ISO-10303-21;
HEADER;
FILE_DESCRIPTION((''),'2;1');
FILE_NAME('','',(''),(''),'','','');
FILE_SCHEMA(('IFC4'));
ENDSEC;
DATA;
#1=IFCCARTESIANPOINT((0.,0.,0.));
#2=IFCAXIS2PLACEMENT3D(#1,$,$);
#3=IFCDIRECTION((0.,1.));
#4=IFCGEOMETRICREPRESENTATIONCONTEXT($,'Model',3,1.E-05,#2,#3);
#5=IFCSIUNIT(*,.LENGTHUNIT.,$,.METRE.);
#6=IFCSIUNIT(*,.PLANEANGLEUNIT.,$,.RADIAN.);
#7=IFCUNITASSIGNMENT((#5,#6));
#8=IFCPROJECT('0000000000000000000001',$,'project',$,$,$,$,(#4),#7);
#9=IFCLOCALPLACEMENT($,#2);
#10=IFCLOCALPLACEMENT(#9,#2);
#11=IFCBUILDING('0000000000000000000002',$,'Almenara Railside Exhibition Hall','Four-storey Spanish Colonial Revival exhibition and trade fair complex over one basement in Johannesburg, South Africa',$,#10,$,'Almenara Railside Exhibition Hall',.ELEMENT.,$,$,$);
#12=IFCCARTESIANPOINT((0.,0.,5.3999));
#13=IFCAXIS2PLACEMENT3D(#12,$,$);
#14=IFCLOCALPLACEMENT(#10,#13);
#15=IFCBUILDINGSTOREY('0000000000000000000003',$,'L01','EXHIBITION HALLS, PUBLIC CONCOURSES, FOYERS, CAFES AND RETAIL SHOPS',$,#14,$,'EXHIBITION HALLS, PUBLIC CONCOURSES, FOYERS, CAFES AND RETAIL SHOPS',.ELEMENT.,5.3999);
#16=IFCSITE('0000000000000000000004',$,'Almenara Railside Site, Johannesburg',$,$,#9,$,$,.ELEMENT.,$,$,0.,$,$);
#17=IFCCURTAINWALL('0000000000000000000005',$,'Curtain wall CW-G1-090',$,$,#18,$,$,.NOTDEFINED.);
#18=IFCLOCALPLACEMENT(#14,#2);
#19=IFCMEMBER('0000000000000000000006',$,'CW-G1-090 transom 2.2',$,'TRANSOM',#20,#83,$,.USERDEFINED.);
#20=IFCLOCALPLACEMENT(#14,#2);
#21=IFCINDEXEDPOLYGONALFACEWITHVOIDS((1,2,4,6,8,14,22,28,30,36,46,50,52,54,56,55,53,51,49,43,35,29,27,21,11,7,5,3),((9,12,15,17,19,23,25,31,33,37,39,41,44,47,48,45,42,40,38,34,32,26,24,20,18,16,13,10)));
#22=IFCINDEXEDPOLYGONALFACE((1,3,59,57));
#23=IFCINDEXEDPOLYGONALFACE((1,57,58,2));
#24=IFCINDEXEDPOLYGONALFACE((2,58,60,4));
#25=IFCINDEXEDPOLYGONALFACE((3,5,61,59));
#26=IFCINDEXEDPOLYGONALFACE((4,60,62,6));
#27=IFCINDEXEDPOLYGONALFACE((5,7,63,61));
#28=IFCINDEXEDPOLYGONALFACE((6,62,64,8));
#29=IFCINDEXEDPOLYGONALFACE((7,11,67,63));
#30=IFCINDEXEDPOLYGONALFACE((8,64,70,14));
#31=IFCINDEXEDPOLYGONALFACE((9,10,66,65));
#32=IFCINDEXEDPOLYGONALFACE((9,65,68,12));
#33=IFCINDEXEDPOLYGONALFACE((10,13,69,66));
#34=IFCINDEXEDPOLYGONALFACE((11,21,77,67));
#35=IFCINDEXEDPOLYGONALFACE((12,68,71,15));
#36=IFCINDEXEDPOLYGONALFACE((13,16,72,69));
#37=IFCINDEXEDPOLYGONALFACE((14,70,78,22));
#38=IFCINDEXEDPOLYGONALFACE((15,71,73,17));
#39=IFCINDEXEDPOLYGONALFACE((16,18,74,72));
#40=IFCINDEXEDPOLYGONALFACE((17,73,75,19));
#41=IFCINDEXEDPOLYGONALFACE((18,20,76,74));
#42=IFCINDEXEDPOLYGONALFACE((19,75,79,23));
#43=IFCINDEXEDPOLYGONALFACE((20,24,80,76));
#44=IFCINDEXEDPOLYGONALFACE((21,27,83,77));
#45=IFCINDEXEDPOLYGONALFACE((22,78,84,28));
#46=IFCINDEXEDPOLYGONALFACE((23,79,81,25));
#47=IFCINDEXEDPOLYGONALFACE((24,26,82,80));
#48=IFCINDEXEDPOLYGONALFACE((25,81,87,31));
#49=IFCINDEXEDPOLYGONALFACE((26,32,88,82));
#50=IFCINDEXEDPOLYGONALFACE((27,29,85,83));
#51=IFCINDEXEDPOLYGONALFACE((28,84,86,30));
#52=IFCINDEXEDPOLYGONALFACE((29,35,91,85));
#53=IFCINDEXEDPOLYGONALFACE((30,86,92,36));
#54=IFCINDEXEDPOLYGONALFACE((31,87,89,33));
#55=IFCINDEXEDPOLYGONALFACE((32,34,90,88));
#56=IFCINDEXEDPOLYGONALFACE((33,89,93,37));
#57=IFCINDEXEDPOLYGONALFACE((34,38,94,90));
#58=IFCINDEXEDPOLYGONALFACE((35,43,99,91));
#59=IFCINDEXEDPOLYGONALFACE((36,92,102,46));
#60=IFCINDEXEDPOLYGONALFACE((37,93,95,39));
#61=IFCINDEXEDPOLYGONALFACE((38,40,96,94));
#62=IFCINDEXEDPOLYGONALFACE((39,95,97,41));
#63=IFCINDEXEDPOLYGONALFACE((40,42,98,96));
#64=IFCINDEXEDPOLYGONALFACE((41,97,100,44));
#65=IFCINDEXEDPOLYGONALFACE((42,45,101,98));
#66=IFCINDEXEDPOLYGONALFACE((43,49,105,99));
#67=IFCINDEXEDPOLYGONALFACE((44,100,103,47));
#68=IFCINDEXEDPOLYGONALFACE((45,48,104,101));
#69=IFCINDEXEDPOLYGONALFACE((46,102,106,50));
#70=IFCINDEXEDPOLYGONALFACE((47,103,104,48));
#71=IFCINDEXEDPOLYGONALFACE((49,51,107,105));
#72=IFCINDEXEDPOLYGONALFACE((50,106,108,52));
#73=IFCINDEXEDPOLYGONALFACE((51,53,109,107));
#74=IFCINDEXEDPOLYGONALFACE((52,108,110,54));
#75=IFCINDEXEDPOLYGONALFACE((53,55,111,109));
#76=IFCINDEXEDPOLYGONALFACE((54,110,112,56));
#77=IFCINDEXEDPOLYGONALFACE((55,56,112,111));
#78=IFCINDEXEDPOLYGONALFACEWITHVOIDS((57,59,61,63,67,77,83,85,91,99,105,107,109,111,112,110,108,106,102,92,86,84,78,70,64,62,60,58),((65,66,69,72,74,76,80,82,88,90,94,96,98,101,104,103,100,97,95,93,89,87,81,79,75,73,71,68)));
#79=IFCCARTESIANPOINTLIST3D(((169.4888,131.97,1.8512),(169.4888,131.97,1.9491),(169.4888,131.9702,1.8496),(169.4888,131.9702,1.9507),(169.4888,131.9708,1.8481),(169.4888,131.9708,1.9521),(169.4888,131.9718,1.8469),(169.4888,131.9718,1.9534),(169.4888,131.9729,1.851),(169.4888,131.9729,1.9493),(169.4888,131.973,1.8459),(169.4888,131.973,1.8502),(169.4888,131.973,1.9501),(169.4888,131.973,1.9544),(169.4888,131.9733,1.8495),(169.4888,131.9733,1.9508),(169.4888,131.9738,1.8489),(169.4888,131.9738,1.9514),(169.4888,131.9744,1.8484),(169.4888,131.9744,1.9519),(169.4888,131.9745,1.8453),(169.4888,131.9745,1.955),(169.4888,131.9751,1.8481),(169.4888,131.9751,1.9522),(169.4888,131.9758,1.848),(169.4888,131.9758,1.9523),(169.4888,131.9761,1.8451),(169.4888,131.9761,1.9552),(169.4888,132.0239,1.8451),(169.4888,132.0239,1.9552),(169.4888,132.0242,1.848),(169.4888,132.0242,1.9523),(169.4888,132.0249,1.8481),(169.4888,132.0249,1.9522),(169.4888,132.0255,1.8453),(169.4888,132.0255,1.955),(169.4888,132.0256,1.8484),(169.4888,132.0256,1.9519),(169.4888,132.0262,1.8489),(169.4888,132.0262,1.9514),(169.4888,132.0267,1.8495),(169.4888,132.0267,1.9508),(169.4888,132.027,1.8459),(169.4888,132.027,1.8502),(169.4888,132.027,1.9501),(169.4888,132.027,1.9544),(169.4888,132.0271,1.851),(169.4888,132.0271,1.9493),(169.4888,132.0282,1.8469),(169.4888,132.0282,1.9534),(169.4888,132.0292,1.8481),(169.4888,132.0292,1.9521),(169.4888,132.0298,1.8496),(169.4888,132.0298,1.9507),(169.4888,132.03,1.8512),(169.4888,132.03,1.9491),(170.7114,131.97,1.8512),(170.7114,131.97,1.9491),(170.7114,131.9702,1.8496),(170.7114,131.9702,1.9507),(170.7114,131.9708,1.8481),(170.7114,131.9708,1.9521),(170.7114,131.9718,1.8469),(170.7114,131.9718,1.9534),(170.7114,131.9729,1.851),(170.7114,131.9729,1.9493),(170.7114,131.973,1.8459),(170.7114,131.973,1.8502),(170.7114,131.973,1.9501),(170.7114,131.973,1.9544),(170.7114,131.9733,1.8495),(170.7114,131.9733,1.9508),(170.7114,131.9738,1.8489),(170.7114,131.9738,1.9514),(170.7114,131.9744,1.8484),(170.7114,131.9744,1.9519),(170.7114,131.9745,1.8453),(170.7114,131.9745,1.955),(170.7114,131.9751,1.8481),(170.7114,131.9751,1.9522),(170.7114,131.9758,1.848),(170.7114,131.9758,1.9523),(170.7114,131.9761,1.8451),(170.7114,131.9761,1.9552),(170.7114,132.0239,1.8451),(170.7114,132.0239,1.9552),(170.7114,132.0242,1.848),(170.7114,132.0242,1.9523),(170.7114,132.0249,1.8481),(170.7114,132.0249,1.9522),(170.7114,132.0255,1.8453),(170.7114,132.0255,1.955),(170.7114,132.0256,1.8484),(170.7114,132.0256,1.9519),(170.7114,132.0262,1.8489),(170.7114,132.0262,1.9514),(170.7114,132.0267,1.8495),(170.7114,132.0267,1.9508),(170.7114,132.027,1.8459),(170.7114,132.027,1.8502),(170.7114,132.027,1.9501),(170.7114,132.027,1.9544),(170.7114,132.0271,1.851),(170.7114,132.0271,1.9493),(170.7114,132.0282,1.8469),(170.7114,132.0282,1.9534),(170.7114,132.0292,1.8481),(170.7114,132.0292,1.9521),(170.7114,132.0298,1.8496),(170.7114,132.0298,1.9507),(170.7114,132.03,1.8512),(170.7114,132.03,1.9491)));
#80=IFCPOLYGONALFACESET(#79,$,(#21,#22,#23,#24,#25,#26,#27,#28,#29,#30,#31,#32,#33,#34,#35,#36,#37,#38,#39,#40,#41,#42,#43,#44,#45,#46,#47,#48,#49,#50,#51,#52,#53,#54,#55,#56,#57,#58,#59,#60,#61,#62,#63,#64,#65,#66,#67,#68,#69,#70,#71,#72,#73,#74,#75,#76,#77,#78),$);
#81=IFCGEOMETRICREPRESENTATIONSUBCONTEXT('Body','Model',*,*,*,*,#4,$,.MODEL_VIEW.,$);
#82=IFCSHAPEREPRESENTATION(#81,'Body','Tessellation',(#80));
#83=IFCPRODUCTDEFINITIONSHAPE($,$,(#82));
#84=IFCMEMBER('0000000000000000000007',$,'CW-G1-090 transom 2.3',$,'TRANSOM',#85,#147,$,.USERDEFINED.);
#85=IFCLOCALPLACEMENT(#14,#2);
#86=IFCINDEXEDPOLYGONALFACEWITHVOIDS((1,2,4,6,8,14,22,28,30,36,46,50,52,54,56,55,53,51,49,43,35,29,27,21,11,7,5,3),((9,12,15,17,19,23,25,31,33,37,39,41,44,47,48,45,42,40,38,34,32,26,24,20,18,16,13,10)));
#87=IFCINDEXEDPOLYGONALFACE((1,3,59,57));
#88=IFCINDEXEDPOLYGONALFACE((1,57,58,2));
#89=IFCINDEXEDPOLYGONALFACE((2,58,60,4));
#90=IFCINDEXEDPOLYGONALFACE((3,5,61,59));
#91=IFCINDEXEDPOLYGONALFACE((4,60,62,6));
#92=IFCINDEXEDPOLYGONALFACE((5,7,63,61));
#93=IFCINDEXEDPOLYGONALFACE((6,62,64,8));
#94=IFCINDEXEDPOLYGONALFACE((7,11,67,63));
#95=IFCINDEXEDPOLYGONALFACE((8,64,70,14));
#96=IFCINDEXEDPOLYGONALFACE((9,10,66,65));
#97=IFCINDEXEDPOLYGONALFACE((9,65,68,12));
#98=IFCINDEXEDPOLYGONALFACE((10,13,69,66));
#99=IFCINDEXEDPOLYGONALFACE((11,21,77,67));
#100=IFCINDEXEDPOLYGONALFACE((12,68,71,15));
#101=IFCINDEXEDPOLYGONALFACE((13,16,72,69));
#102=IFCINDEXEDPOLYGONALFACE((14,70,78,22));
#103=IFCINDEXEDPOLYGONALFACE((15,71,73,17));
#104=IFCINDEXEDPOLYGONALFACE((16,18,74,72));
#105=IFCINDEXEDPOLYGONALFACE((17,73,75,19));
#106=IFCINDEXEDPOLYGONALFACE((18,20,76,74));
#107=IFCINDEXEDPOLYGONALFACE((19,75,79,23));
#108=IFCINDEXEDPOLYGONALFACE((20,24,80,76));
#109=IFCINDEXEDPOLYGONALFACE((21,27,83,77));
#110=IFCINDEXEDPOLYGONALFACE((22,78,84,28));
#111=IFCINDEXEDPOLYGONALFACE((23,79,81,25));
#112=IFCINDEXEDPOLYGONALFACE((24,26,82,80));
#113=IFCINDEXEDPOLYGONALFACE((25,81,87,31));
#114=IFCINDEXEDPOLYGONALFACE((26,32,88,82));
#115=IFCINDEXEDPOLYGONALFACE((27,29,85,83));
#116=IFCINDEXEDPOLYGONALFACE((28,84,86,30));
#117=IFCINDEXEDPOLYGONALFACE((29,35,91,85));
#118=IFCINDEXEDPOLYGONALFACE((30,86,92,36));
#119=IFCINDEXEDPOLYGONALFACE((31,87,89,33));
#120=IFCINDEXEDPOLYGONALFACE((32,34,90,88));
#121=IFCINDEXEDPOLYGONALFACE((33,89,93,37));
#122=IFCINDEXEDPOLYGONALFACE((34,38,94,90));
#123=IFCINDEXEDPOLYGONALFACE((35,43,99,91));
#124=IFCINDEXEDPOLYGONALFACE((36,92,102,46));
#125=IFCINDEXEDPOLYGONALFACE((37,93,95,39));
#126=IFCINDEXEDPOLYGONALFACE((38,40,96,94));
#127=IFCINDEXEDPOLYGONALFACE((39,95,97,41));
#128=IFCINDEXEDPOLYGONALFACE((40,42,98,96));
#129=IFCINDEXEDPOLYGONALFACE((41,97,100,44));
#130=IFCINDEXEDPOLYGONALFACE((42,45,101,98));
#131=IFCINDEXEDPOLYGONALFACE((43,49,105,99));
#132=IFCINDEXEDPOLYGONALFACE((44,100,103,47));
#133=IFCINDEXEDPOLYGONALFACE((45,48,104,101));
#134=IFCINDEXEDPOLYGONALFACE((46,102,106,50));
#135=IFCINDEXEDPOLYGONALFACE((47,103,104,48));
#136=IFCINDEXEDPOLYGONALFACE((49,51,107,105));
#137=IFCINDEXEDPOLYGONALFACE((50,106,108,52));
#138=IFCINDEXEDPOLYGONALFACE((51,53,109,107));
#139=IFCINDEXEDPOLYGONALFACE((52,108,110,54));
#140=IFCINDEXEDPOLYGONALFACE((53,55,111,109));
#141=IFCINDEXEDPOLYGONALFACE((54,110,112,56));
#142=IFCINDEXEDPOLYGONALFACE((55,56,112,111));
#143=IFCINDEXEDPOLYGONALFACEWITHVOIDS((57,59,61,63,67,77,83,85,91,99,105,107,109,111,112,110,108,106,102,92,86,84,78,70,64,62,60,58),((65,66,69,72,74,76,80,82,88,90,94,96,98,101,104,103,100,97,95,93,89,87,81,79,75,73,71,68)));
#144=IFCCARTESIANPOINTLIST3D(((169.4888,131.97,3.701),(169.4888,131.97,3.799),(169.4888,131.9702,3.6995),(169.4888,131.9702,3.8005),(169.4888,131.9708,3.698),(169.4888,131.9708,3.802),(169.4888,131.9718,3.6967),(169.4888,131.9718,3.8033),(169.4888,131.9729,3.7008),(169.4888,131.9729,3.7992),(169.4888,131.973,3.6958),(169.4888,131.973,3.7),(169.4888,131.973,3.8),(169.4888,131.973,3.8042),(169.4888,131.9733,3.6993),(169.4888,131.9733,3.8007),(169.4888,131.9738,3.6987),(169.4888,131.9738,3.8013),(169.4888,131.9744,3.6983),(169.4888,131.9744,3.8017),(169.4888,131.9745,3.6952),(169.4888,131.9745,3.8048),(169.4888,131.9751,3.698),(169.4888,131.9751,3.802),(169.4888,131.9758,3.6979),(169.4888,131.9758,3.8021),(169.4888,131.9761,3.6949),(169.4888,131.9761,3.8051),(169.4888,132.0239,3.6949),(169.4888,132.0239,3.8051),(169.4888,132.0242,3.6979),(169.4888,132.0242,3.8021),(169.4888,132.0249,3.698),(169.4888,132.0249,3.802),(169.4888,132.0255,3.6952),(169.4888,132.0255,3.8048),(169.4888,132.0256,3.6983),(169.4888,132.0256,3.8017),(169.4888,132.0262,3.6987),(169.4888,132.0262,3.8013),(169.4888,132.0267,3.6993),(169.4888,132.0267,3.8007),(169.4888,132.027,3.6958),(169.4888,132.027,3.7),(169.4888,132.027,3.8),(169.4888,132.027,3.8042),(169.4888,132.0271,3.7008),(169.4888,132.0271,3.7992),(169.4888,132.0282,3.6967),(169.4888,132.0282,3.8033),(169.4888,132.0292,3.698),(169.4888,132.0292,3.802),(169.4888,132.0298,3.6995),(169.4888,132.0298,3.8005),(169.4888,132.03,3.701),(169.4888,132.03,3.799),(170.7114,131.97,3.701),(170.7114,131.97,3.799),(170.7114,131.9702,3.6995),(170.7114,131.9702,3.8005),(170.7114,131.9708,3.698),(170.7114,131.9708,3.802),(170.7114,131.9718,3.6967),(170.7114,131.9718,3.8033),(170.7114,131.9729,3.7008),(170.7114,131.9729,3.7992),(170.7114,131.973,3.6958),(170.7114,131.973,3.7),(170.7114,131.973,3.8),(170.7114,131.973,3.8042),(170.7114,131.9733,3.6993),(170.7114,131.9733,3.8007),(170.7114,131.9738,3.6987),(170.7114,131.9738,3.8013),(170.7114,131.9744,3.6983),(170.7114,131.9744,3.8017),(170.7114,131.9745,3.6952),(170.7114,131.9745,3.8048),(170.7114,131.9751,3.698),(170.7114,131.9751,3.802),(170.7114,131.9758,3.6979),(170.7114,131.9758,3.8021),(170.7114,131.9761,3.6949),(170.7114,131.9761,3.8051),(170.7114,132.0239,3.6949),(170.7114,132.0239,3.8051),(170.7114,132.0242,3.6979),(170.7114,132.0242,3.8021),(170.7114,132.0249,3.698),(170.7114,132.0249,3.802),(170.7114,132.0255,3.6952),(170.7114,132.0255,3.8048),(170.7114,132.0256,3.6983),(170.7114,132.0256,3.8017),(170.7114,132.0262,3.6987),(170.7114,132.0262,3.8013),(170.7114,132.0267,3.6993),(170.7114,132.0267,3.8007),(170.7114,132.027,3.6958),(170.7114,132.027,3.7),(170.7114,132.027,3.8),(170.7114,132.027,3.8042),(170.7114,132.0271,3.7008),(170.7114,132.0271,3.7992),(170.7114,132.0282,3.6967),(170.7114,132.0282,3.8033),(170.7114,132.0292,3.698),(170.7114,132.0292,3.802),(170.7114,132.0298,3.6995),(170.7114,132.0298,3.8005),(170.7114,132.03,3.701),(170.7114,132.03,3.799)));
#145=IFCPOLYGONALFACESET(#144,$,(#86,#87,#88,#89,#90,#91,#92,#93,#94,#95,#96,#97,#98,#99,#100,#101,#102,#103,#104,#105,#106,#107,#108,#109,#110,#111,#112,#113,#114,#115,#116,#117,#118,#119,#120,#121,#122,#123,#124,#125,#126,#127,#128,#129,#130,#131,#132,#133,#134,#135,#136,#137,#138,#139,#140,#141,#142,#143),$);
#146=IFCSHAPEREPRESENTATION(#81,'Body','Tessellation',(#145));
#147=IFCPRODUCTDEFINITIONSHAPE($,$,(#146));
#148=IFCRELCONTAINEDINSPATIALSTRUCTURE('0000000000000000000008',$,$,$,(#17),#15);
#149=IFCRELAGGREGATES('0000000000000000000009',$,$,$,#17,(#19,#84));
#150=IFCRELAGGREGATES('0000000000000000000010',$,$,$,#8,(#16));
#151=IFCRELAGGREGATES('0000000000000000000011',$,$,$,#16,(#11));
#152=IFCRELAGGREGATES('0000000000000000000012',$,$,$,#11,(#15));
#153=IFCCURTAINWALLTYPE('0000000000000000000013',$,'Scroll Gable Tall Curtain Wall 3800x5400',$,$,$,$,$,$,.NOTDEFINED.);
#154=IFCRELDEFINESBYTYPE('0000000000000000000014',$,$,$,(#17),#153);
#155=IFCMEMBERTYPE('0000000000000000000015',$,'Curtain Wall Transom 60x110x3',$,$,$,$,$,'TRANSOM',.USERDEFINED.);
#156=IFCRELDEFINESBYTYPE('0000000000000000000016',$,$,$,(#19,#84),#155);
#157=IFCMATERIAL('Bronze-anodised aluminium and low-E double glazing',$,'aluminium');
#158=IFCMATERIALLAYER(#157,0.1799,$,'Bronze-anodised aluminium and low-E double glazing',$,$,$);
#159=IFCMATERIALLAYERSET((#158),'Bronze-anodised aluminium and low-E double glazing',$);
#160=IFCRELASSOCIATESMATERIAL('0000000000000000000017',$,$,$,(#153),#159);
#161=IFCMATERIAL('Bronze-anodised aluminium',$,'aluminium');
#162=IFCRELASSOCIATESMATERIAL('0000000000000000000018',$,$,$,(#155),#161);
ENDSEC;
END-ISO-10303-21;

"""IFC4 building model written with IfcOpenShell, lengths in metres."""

from ifc_helpers import new_model, si_unit, direction, frame, origin, origin_2d, place, context, subcontext, project, spatial, hollow_rectangle, extrude, material, layer, layer_set, material_profile, profile_set, type_object, element, aggregate, save


model = new_model("IFC4")

# Units and contexts
model_context = context("Model", 3, precision=1e-05, world=origin(), true_north=direction((0.0, 1.0)))
body_context = subcontext(model_context, "Body", "Model", "MODEL_VIEW")
ifc_project = project(units=[si_unit("LENGTHUNIT", "METRE"), si_unit("PLANEANGLEUNIT", "RADIAN")], contexts=[model_context])

# Site, building, storey
site_placement = place(None, origin())
site = spatial("IfcSite", under=ifc_project, at=site_placement, Name="Almenara Railside Site, Johannesburg", CompositionType="ELEMENT", RefElevation=0.0)
building_placement = place(site_placement, origin())
building = spatial("IfcBuilding", under=site, at=building_placement, Name="Almenara Railside Exhibition Hall", Description="Four-storey Spanish Colonial Revival exhibition and trade fair complex over one basement in Johannesburg, South Africa", LongName="Almenara Railside Exhibition Hall", CompositionType="ELEMENT")
storey_placement = place(building_placement, frame((0.0, 0.0, 5.3999)))
storey = spatial("IfcBuildingStorey", under=building, at=storey_placement, Name="L01", Description="EXHIBITION HALLS, PUBLIC CONCOURSES, FOYERS, CAFES AND RETAIL SHOPS", LongName="EXHIBITION HALLS, PUBLIC CONCOURSES, FOYERS, CAFES AND RETAIL SHOPS", CompositionType="ELEMENT", Elevation=5.3999)

# Shared definitions
ifc_material_1 = material(Name="Bronze-anodised aluminium and low-E double glazing", Category="aluminium")
ifc_material_2 = material(Name="Bronze-anodised aluminium", Category="aluminium")

# Curtain wall
ifc_layer_1 = layer(ifc_material_1, 0.1799, Name="Bronze-anodised aluminium and low-E double glazing")
ifc_layer_set_1 = layer_set([ifc_layer_1], Name="Bronze-anodised aluminium and low-E double glazing")
curtain_wall_type_1 = type_object("IfcCurtainWallType", Name="Scroll Gable Tall Curtain Wall 3800x5400", PredefinedType="NOTDEFINED", material=ifc_layer_set_1)
curtain_wall_1_placement = place(storey_placement, origin())
curtain_wall_1 = element("IfcCurtainWall", 1, at=curtain_wall_1_placement, inside=storey, type_object=curtain_wall_type_1, Name="Curtain wall CW-G1-090", PredefinedType="NOTDEFINED")

# Members
ifc_material_profile_1 = material_profile(ifc_material_2, hollow_rectangle(XDim=0.0601, YDim=0.1101, WallThickness=0.0029, InnerFilletRadius=0.0029, OuterFilletRadius=0.0061, at=origin_2d()), Name="ALU-TRN 60x110x3")
ifc_profile_set_1 = profile_set([ifc_material_profile_1], Name="Bronze-anodised aluminium")
member_type_1 = type_object("IfcMemberType", Name="Curtain Wall Transom 60x110x3", ElementType="TRANSOM", PredefinedType="USERDEFINED", material=ifc_profile_set_1)
member_1_placement = place(storey_placement, frame((169.4888, 132.0, 1.9001), z_axis=(1.0, 0.0, 0.0), x_axis=(0.0, 1.0, 0.0)))
member_1 = element("IfcMember", 2, at=member_1_placement, type_object=member_type_1, Name="CW-G1-090 transom 2.2", ObjectType="TRANSOM", PredefinedType="USERDEFINED", context=body_context, shape_type="SweptSolid", body=[
    extrude(hollow_rectangle(XDim=0.0601, YDim=0.1101, WallThickness=0.0029, InnerFilletRadius=0.0029, OuterFilletRadius=0.0061, at=origin_2d()), origin(), (0.0, 0.0, 1.0), 1.2227),
])
member_2_placement = place(storey_placement, frame((169.4888, 132.0, 3.75), z_axis=(1.0, 0.0, 0.0), x_axis=(0.0, 1.0, 0.0)))
member_2 = element("IfcMember", 3, at=member_2_placement, type_object=member_type_1, Name="CW-G1-090 transom 2.3", ObjectType="TRANSOM", PredefinedType="USERDEFINED", context=body_context, shape_type="SweptSolid", body=[
    extrude(hollow_rectangle(XDim=0.0601, YDim=0.1101, WallThickness=0.0029, InnerFilletRadius=0.0029, OuterFilletRadius=0.0061, at=origin_2d()), origin(), (0.0, 0.0, 1.0), 1.2227),
])

aggregate(curtain_wall_1, [member_1, member_2])

save(model, "model.ifc")
